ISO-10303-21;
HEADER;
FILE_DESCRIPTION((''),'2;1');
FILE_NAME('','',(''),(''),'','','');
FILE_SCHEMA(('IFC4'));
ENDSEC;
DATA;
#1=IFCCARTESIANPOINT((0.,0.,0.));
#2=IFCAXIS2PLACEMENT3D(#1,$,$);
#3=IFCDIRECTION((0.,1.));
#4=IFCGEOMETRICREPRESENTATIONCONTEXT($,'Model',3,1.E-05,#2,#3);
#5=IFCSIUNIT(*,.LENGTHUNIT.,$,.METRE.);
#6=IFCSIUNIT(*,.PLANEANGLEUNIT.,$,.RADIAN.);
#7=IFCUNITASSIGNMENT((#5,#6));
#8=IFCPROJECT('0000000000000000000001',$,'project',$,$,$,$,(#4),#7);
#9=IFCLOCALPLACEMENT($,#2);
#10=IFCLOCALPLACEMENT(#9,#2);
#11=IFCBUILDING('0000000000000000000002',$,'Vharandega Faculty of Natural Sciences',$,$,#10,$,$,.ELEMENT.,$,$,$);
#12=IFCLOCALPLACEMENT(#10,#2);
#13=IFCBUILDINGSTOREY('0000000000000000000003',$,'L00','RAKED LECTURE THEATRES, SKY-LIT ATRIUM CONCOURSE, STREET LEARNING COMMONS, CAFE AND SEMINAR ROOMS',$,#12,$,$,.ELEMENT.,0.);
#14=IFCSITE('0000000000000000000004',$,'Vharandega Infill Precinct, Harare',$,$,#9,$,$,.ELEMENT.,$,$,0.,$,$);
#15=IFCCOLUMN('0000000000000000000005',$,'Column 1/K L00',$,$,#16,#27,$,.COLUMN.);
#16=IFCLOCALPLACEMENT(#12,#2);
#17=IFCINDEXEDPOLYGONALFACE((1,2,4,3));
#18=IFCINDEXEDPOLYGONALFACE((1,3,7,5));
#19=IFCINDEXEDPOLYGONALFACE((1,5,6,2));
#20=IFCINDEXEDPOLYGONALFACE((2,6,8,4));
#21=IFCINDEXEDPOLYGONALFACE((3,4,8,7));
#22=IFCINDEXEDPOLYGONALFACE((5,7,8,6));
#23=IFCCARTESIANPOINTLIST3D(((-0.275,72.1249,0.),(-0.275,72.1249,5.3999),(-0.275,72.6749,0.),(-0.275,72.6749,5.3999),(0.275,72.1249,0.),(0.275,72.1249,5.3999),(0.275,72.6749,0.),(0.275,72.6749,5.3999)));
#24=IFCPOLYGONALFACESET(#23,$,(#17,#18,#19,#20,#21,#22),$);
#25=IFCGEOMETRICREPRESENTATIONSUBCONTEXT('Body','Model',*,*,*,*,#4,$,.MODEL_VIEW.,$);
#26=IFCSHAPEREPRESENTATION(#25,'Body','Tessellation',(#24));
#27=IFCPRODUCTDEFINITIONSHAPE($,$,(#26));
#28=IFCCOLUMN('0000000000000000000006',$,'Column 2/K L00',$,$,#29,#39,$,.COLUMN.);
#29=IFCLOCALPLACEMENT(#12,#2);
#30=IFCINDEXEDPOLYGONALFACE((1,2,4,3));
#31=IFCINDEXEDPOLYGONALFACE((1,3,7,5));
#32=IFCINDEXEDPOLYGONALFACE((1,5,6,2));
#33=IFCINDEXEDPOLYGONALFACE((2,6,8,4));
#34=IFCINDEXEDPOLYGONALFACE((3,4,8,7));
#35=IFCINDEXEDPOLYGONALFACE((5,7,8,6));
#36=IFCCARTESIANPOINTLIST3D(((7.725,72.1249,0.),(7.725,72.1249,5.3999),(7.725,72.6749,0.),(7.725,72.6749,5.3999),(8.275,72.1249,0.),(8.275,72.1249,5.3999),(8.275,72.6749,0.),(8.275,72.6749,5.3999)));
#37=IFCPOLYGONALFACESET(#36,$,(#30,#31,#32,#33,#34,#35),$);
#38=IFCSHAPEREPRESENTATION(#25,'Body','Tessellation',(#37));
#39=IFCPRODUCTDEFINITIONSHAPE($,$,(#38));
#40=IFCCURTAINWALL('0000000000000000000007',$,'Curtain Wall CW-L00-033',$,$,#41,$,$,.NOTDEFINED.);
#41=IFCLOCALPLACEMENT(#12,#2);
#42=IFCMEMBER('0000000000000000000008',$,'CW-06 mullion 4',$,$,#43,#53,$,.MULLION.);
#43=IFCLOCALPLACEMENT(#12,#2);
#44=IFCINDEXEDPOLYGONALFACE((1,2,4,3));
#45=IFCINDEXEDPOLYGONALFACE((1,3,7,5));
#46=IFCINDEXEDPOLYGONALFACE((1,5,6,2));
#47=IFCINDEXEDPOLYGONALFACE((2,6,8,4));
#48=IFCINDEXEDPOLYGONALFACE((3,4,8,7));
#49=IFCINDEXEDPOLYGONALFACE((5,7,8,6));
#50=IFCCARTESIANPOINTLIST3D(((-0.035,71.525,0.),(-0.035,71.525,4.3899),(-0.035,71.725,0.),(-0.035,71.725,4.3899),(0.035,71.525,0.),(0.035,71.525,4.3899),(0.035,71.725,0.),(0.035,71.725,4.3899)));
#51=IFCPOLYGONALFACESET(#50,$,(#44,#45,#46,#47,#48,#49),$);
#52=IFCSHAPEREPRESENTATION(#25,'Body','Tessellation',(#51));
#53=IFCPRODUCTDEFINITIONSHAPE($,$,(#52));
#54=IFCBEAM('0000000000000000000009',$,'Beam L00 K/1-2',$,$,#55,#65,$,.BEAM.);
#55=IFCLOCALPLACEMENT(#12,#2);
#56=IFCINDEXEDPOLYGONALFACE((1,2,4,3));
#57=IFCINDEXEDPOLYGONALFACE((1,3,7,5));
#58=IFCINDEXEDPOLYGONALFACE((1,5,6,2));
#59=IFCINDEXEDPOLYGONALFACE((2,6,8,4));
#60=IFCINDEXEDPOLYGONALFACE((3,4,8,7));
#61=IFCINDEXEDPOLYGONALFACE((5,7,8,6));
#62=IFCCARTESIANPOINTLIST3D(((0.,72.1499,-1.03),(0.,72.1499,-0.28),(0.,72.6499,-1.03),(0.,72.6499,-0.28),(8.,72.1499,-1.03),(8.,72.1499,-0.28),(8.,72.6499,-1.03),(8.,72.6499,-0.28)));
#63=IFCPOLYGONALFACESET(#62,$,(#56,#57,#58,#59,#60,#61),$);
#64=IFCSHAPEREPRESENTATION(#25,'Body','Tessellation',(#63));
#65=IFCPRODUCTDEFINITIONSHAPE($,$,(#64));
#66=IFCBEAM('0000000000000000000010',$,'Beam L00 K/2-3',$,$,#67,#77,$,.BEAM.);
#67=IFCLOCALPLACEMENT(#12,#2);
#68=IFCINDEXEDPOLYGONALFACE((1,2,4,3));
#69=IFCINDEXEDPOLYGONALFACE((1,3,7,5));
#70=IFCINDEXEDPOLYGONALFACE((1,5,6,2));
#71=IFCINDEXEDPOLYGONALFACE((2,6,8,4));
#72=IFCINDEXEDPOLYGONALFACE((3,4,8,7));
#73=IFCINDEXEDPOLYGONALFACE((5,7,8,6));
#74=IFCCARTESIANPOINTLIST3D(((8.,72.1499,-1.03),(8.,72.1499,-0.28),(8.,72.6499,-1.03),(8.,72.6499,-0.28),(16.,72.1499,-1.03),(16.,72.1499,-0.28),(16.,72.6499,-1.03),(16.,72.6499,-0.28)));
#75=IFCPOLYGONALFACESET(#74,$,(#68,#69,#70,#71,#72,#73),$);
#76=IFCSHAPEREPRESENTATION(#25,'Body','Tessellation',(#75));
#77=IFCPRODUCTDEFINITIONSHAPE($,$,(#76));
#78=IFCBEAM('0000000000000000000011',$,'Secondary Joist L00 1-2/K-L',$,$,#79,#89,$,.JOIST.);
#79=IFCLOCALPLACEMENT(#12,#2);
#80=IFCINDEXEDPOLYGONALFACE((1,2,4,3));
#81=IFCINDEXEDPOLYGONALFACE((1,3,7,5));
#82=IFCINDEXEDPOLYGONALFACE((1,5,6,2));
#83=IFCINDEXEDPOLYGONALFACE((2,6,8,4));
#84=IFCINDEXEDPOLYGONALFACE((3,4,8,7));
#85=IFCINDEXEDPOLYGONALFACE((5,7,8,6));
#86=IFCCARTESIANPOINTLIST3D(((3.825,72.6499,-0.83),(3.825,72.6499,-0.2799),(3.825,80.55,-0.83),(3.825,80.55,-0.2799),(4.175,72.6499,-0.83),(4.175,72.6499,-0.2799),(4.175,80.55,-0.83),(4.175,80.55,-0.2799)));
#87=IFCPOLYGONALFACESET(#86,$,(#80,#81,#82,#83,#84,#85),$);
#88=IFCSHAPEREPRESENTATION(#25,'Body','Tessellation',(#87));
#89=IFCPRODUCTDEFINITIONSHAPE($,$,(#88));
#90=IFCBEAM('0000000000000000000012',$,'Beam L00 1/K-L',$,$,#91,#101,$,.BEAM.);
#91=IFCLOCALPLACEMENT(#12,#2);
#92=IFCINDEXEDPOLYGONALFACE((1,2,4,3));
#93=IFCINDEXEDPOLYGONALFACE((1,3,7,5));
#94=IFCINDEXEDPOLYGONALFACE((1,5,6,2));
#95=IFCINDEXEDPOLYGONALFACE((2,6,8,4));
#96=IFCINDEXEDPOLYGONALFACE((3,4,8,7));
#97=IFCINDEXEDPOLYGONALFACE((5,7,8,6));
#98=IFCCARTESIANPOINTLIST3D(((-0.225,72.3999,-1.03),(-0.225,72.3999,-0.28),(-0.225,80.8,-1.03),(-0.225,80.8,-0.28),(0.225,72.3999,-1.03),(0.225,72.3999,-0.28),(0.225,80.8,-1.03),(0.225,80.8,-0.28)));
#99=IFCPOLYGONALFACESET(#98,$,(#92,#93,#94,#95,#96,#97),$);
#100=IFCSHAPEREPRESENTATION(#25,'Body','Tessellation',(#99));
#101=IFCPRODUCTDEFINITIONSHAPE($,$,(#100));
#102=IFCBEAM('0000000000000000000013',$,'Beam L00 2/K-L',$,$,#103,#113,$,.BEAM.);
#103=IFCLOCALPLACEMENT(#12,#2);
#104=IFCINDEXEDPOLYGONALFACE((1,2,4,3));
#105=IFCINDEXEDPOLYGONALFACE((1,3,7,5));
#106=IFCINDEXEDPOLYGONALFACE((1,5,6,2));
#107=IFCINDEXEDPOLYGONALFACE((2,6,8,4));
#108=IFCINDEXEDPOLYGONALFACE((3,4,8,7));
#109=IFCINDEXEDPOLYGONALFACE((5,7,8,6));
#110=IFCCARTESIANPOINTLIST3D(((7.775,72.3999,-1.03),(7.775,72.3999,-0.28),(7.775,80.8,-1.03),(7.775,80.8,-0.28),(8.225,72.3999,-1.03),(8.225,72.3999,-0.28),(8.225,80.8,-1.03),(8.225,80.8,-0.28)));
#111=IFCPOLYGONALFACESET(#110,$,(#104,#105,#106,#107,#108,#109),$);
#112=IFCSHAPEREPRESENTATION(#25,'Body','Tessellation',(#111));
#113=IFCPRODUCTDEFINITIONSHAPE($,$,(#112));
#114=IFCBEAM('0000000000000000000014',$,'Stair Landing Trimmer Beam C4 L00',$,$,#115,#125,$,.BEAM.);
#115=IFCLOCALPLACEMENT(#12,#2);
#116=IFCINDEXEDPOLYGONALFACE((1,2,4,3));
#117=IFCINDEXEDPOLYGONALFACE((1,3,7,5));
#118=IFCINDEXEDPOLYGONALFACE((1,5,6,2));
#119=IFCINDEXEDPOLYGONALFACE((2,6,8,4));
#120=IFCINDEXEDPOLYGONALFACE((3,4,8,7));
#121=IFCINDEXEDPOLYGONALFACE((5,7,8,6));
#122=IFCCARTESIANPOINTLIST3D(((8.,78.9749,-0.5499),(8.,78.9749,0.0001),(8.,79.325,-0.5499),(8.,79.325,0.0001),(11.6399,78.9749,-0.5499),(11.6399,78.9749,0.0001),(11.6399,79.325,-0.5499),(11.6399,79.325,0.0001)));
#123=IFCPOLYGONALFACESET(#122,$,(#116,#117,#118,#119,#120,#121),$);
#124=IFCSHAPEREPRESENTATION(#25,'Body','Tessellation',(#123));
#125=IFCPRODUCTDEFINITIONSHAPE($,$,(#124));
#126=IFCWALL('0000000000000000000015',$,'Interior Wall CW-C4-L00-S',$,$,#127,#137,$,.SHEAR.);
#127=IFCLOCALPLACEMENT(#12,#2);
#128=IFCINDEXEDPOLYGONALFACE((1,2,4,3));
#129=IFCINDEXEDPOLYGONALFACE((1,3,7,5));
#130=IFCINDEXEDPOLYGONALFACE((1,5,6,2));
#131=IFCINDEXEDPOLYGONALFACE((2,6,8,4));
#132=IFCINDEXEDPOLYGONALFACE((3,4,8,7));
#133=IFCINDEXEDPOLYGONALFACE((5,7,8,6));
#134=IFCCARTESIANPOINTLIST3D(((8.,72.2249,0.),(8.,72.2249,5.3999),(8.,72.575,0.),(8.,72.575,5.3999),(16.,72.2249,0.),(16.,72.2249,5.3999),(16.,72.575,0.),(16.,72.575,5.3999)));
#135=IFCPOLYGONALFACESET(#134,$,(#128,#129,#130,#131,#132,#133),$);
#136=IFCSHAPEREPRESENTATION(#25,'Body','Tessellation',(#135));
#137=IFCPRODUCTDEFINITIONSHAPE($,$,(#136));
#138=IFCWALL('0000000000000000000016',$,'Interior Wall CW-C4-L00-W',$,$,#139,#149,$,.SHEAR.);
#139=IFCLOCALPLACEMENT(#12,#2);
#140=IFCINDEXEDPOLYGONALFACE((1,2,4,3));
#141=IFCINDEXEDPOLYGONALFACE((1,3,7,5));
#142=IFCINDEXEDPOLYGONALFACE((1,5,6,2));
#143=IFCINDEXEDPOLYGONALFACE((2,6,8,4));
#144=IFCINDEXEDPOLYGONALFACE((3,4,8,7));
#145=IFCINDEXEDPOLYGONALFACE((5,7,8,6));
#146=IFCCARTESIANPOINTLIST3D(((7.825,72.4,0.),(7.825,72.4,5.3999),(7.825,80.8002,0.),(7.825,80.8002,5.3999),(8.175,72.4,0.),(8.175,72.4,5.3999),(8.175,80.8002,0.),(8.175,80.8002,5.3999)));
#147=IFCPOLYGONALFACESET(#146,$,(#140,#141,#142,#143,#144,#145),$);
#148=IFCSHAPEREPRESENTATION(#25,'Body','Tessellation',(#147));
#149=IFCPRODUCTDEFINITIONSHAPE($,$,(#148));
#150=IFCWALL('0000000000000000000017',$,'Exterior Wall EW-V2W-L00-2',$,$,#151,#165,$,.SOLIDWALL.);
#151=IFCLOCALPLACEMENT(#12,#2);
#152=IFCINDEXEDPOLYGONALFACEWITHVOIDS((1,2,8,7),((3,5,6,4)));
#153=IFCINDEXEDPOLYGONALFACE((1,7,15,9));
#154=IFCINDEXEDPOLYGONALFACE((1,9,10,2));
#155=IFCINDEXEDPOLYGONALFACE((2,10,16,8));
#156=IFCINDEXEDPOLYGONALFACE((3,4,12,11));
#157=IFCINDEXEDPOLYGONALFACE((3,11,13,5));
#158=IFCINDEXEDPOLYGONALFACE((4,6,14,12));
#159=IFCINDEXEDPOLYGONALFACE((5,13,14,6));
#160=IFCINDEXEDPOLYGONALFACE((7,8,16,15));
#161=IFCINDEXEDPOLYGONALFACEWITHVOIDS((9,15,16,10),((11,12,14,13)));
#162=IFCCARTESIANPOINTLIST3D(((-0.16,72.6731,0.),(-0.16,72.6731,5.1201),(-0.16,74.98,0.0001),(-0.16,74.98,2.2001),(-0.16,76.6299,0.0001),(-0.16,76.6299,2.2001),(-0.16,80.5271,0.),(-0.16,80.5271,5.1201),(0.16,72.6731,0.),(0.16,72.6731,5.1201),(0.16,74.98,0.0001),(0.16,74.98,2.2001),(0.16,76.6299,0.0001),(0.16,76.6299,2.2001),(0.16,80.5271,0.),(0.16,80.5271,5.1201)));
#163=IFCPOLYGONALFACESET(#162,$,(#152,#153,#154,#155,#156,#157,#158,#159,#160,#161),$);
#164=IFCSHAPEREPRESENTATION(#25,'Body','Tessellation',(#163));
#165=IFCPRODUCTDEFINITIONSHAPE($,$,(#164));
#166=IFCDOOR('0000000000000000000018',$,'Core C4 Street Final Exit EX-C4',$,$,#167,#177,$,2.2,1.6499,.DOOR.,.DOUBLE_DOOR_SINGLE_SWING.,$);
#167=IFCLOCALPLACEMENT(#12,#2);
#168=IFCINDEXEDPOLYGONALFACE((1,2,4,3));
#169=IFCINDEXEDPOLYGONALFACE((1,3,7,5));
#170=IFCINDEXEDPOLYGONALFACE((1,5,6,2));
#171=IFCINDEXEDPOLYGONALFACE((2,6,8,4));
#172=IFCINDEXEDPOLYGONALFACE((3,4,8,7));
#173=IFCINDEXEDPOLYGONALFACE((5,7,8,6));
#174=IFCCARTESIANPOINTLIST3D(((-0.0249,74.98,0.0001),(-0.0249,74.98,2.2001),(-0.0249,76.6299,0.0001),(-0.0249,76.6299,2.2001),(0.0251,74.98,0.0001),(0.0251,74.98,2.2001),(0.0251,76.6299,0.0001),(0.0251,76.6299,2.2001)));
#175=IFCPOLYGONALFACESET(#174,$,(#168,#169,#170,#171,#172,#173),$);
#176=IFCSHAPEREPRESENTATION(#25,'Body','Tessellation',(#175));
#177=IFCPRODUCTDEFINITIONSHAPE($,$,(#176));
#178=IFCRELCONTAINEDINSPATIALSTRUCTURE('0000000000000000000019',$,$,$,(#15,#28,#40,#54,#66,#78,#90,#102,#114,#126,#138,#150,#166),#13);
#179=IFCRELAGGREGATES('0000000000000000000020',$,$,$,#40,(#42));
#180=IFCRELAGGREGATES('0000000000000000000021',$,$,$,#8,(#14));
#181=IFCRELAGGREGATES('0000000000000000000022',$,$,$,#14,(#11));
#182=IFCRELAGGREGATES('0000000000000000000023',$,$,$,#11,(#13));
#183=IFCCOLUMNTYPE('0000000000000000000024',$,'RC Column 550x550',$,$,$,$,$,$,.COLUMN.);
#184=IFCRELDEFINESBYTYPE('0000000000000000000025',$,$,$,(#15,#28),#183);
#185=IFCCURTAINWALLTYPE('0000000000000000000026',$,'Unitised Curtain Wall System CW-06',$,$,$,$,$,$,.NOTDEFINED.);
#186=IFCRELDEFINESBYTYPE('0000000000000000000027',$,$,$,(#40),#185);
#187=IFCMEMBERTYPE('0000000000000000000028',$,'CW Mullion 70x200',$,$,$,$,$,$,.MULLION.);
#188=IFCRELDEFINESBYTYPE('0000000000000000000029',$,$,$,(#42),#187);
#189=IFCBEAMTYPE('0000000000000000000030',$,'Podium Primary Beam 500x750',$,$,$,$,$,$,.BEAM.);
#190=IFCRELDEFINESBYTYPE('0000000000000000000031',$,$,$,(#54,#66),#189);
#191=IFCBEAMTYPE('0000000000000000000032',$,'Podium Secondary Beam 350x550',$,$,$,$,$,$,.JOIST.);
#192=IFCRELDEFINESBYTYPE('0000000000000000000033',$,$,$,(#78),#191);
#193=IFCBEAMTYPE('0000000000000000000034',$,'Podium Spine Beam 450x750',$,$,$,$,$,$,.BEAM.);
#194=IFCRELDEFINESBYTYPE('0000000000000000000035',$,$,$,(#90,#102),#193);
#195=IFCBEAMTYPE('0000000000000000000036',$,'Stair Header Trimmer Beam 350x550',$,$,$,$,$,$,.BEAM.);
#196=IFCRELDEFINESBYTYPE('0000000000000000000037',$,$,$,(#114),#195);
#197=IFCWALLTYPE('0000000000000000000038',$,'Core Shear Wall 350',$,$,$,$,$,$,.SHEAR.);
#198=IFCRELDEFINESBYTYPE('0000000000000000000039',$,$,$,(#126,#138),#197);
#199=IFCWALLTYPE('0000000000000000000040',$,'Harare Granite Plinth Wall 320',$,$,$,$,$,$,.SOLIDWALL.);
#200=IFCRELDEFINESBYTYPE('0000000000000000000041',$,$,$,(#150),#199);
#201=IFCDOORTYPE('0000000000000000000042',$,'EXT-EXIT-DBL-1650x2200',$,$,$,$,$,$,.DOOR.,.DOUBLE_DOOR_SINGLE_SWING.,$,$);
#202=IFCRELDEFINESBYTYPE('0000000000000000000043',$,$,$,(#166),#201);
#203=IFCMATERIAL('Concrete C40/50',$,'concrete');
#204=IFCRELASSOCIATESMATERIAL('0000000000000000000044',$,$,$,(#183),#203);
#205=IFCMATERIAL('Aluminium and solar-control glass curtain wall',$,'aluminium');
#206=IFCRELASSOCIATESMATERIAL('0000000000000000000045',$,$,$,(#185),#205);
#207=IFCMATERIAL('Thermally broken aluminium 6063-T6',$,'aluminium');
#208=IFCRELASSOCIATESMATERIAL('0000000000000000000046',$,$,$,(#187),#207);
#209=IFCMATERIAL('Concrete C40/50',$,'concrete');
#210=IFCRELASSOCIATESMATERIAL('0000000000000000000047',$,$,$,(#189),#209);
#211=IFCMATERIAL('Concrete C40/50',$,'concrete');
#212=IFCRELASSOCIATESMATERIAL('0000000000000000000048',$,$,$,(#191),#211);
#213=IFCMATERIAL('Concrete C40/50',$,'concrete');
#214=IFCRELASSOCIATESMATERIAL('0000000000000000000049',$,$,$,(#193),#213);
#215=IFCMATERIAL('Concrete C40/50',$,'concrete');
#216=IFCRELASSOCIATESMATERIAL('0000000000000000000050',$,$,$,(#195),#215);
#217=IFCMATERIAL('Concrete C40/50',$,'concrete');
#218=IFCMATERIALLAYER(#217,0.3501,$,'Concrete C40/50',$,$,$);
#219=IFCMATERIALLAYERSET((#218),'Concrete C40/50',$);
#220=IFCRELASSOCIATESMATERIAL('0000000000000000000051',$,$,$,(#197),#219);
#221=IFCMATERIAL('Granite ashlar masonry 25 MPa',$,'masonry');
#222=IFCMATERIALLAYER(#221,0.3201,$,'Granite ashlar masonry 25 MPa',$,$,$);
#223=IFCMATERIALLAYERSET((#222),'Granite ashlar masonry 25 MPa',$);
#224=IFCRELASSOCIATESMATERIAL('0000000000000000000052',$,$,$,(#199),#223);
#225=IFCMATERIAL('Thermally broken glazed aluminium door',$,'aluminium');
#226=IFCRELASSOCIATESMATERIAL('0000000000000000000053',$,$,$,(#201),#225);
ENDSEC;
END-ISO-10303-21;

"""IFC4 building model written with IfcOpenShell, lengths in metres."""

from ifc_helpers import new_model, si_unit, direction, frame, frame_2d, origin, origin_2d, place, context, subcontext, project, spatial, rectangle, extrude, material, layer, layer_set, material_profile, profile_set, type_object, element, fill, aggregate, save


model = new_model("IFC4")

# Units and contexts
model_context = context("Model", 3, precision=1e-05, world=origin(), true_north=direction((0.0, 1.0)))
body_context = subcontext(model_context, "Body", "Model", "MODEL_VIEW")
ifc_project = project(units=[si_unit("LENGTHUNIT", "METRE"), si_unit("PLANEANGLEUNIT", "RADIAN")], contexts=[model_context])

# Site, building, storey
site_placement = place(None, origin())
site = spatial("IfcSite", under=ifc_project, at=site_placement, Name="Vharandega Infill Precinct, Harare", CompositionType="ELEMENT", RefElevation=0.0)
building_placement = place(site_placement, origin())
building = spatial("IfcBuilding", under=site, at=building_placement, Name="Vharandega Faculty of Natural Sciences", CompositionType="ELEMENT")
storey_placement = place(building_placement, origin())
storey = spatial("IfcBuildingStorey", under=building, at=storey_placement, Name="L00", Description="RAKED LECTURE THEATRES, SKY-LIT ATRIUM CONCOURSE, STREET LEARNING COMMONS, CAFE AND SEMINAR ROOMS", CompositionType="ELEMENT", Elevation=0.0)

# Columns
ifc_material_1 = material(Name="Concrete C40/50", Category="concrete")
ifc_material_profile_1 = material_profile(ifc_material_1, rectangle(XDim=0.55, YDim=0.55, at=origin_2d()), Name="RC 550x550")
ifc_profile_set_1 = profile_set([ifc_material_profile_1], Name="Concrete C40/50")
column_type = type_object("IfcColumnType", Name="RC Column 550x550", PredefinedType="COLUMN", material=ifc_profile_set_1)
for number, where, z_axis, x_axis, name in (
    (1, (0.0, 72.3999, 0.0), (0.0, 0.0, 1.0), (1.0, 0.0, 0.0), "Column 1/K L00"),
    (2, (8.0, 72.3999, 0.0), (0.0, 0.0, 1.0), (1.0, 0.0, 0.0), "Column 2/K L00"),
):
    element("IfcColumn", number, at=place(storey_placement, frame(where, z_axis=z_axis, x_axis=x_axis)), inside=storey, type_object=column_type, Name=name, PredefinedType="COLUMN", context=body_context, shape_type="SweptSolid", body=[
        extrude(rectangle(XDim=0.55, YDim=0.55, at=origin_2d()), origin(), (0.0, 0.0, 1.0), 5.3999),
    ])

# Curtain wall, member
ifc_material_2 = material(Name="Aluminium and solar-control glass curtain wall", Category="aluminium")
curtain_wall_type = type_object("IfcCurtainWallType", Name="Unitised Curtain Wall System CW-06", PredefinedType="NOTDEFINED", material=ifc_material_2)
curtain_wall_placement = place(storey_placement, origin())
curtain_wall = element("IfcCurtainWall", 3, at=curtain_wall_placement, inside=storey, type_object=curtain_wall_type, Name="Curtain Wall CW-L00-033", PredefinedType="NOTDEFINED")
ifc_material_3 = material(Name="Thermally broken aluminium 6063-T6", Category="aluminium")
ifc_material_profile_2 = material_profile(ifc_material_3, rectangle(XDim=0.0701, YDim=0.2, at=origin_2d()), Name="ALU 70x200")
ifc_profile_set_2 = profile_set([ifc_material_profile_2], Name="Thermally broken aluminium 6063-T6")
member_type = type_object("IfcMemberType", Name="CW Mullion 70x200", PredefinedType="MULLION", material=ifc_profile_set_2)
member_placement = place(storey_placement, frame((0.0, 71.625, 0.0), z_axis=(0.0, 0.0, 1.0), x_axis=(-1.0, 0.0, 0.0)))
member = element("IfcMember", 4, at=member_placement, type_object=member_type, Name="CW-06 mullion 4", PredefinedType="MULLION", context=body_context, shape_type="SweptSolid", body=[
    extrude(rectangle(XDim=0.0701, YDim=0.2, at=origin_2d()), origin(), (0.0, 0.0, 1.0), 4.3899),
])
aggregate(curtain_wall, [member])

# Beams
ifc_material_4 = material(Name="Concrete C40/50", Category="concrete")
ifc_material_profile_3 = material_profile(ifc_material_4, rectangle(XDim=0.5, YDim=0.75, at=origin_2d()), Name="RC 500x750")
ifc_profile_set_3 = profile_set([ifc_material_profile_3], Name="Concrete C40/50")
beam_type_1 = type_object("IfcBeamType", Name="Podium Primary Beam 500x750", PredefinedType="BEAM", material=ifc_profile_set_3)
for number, where, z_axis, x_axis, name in (
    (5, (0.0, 72.3999, -0.655), (1.0, 0.0, 0.0), (0.0, 1.0, 0.0), "Beam L00 K/1-2"),
    (6, (8.0, 72.3999, -0.655), (1.0, 0.0, 0.0), (0.0, 1.0, 0.0), "Beam L00 K/2-3"),
):
    element("IfcBeam", number, at=place(storey_placement, frame(where, z_axis=z_axis, x_axis=x_axis)), inside=storey, type_object=beam_type_1, Name=name, PredefinedType="BEAM", context=body_context, shape_type="SweptSolid", body=[
        extrude(rectangle(XDim=0.5, YDim=0.75, at=origin_2d()), origin(), (0.0, 0.0, 1.0), 8.0),
    ])
ifc_material_5 = material(Name="Concrete C40/50", Category="concrete")
ifc_material_profile_4 = material_profile(ifc_material_5, rectangle(XDim=0.3501, YDim=0.55, at=origin_2d()), Name="RC 350x550")
ifc_profile_set_4 = profile_set([ifc_material_profile_4], Name="Concrete C40/50")
beam_type_2 = type_object("IfcBeamType", Name="Podium Secondary Beam 350x550", PredefinedType="JOIST", material=ifc_profile_set_4)
beam_1_placement = place(storey_placement, frame((4.0, 72.6499, -0.5549), z_axis=(0.0, 1.0, 0.0), x_axis=(-1.0, 0.0, 0.0)))
element("IfcBeam", 7, at=beam_1_placement, inside=storey, type_object=beam_type_2, Name="Secondary Joist L00 1-2/K-L", PredefinedType="JOIST", context=body_context, shape_type="SweptSolid", body=[
    extrude(rectangle(XDim=0.3501, YDim=0.55, at=origin_2d()), origin(), (0.0, 0.0, 1.0), 7.9001),
])
ifc_material_6 = material(Name="Concrete C40/50", Category="concrete")
ifc_material_profile_5 = material_profile(ifc_material_6, rectangle(XDim=0.45, YDim=0.75, at=origin_2d()), Name="RC 450x750")
ifc_profile_set_5 = profile_set([ifc_material_profile_5], Name="Concrete C40/50")
beam_type_3 = type_object("IfcBeamType", Name="Podium Spine Beam 450x750", PredefinedType="BEAM", material=ifc_profile_set_5)
for number, where, z_axis, x_axis, name in (
    (8, (0.0, 72.3999, -0.655), (0.0, 1.0, 0.0), (-1.0, 0.0, 0.0), "Beam L00 1/K-L"),
    (9, (8.0, 72.3999, -0.655), (0.0, 1.0, 0.0), (-1.0, 0.0, 0.0), "Beam L00 2/K-L"),
):
    element("IfcBeam", number, at=place(storey_placement, frame(where, z_axis=z_axis, x_axis=x_axis)), inside=storey, type_object=beam_type_3, Name=name, PredefinedType="BEAM", context=body_context, shape_type="SweptSolid", body=[
        extrude(rectangle(XDim=0.45, YDim=0.75, at=origin_2d()), origin(), (0.0, 0.0, 1.0), 8.4001),
    ])
ifc_material_7 = material(Name="Concrete C40/50", Category="concrete")
ifc_material_profile_6 = material_profile(ifc_material_7, rectangle(XDim=0.3501, YDim=0.55, at=origin_2d()), Name="RC 350x550")
ifc_profile_set_6 = profile_set([ifc_material_profile_6], Name="Concrete C40/50")
beam_type_4 = type_object("IfcBeamType", Name="Stair Header Trimmer Beam 350x550", PredefinedType="BEAM", material=ifc_profile_set_6)
beam_2_placement = place(storey_placement, frame((8.0, 79.1499, -0.2749), z_axis=(1.0, 0.0, 0.0), x_axis=(0.0, 1.0, 0.0)))
element("IfcBeam", 10, at=beam_2_placement, inside=storey, type_object=beam_type_4, Name="Stair Landing Trimmer Beam C4 L00", PredefinedType="BEAM", context=body_context, shape_type="SweptSolid", body=[
    extrude(rectangle(XDim=0.3501, YDim=0.55, at=origin_2d()), origin(), (0.0, 0.0, 1.0), 3.6399),
])

# Walls
ifc_material_8 = material(Name="Concrete C40/50", Category="concrete")
ifc_layer_1 = layer(ifc_material_8, 0.3501, Name="Concrete C40/50")
ifc_layer_set_1 = layer_set([ifc_layer_1], Name="Concrete C40/50")
wall_type_1 = type_object("IfcWallType", Name="Core Shear Wall 350", PredefinedType="SHEAR", material=ifc_layer_set_1)
wall_1_placement = place(storey_placement, frame((8.0, 72.3999, 0.0), z_axis=(0.0, 0.0, 1.0), x_axis=(1.0, 0.0, 0.0)))
element("IfcWall", 11, at=wall_1_placement, inside=storey, type_object=wall_type_1, Name="Interior Wall CW-C4-L00-S", PredefinedType="SHEAR", context=body_context, shape_type="SweptSolid", body=[
    extrude(rectangle(XDim=8.0, YDim=0.3501, at=frame_2d((4.0, 0.0))), origin(), (0.0, 0.0, 1.0), 5.3999),
])
wall_2_placement = place(storey_placement, frame((8.0, 72.3999, 0.0), z_axis=(0.0, 0.0, 1.0), x_axis=(0.0, 1.0, 0.0)))
element("IfcWall", 12, at=wall_2_placement, inside=storey, type_object=wall_type_1, Name="Interior Wall CW-C4-L00-W", PredefinedType="SHEAR", context=body_context, shape_type="SweptSolid", body=[
    extrude(rectangle(XDim=8.4001, YDim=0.3501, at=frame_2d((4.2002, 0.0))), origin(), (0.0, 0.0, 1.0), 5.3999),
])

# Wall, opening, door
ifc_material_9 = material(Name="Granite ashlar masonry 25 MPa", Category="masonry")
ifc_layer_2 = layer(ifc_material_9, 0.3201, Name="Granite ashlar masonry 25 MPa")
ifc_layer_set_2 = layer_set([ifc_layer_2], Name="Granite ashlar masonry 25 MPa")
wall_type_2 = type_object("IfcWallType", Name="Harare Granite Plinth Wall 320", PredefinedType="SOLIDWALL", material=ifc_layer_set_2)
wall_3_placement = place(storey_placement, frame((0.0, 72.6731, 0.0), z_axis=(0.0, 0.0, 1.0), x_axis=(0.0, 1.0, 0.0)))
wall_3 = element("IfcWall", 13, at=wall_3_placement, inside=storey, type_object=wall_type_2, Name="Exterior Wall EW-V2W-L00-2", PredefinedType="SOLIDWALL", context=body_context, shape_type="SweptSolid", body=[
    extrude(rectangle(XDim=7.854, YDim=0.3201, at=frame_2d((3.927, 0.0))), origin(), (0.0, 0.0, 1.0), 5.1201),
])
opening_placement = place(wall_3_placement, frame((2.3069, 0.0, 0.0)))
opening = element("IfcOpeningElement", 14, at=opening_placement, cuts=wall_3, PredefinedType="OPENING", context=body_context, shape_type="SweptSolid", body=[
    extrude(rectangle(XDim=1.6499, YDim=2.2, at=frame_2d((0.825, 1.1001))), frame((0.0, 0.1699, 0.0), z_axis=(0.0, -1.0, 0.0), x_axis=(1.0, 0.0, 0.0)), (0.0, 0.0, 1.0), 0.3401),
])
ifc_material_10 = material(Name="Thermally broken glazed aluminium door", Category="aluminium")
door_type = type_object("IfcDoorType", Name="EXT-EXIT-DBL-1650x2200", OperationType="DOUBLE_DOOR_SINGLE_SWING", PredefinedType="DOOR", material=ifc_material_10)
door_placement = place(opening_placement, origin())
door = element("IfcDoor", 15, at=door_placement, inside=storey, type_object=door_type, Name="Core C4 Street Final Exit EX-C4", OperationType="DOUBLE_DOOR_SINGLE_SWING", OverallHeight=2.2, OverallWidth=1.6499, PredefinedType="DOOR", context=body_context, shape_type="SweptSolid", body=[
    extrude(rectangle(XDim=1.6499, YDim=2.2, at=frame_2d((0.825, 1.1001))), frame((0.0, 0.0249, 0.0), z_axis=(0.0, -1.0, 0.0), x_axis=(1.0, 0.0, 0.0)), (0.0, 0.0, 1.0), 0.05),
])
fill(opening, door)

save(model, "model.ifc")
